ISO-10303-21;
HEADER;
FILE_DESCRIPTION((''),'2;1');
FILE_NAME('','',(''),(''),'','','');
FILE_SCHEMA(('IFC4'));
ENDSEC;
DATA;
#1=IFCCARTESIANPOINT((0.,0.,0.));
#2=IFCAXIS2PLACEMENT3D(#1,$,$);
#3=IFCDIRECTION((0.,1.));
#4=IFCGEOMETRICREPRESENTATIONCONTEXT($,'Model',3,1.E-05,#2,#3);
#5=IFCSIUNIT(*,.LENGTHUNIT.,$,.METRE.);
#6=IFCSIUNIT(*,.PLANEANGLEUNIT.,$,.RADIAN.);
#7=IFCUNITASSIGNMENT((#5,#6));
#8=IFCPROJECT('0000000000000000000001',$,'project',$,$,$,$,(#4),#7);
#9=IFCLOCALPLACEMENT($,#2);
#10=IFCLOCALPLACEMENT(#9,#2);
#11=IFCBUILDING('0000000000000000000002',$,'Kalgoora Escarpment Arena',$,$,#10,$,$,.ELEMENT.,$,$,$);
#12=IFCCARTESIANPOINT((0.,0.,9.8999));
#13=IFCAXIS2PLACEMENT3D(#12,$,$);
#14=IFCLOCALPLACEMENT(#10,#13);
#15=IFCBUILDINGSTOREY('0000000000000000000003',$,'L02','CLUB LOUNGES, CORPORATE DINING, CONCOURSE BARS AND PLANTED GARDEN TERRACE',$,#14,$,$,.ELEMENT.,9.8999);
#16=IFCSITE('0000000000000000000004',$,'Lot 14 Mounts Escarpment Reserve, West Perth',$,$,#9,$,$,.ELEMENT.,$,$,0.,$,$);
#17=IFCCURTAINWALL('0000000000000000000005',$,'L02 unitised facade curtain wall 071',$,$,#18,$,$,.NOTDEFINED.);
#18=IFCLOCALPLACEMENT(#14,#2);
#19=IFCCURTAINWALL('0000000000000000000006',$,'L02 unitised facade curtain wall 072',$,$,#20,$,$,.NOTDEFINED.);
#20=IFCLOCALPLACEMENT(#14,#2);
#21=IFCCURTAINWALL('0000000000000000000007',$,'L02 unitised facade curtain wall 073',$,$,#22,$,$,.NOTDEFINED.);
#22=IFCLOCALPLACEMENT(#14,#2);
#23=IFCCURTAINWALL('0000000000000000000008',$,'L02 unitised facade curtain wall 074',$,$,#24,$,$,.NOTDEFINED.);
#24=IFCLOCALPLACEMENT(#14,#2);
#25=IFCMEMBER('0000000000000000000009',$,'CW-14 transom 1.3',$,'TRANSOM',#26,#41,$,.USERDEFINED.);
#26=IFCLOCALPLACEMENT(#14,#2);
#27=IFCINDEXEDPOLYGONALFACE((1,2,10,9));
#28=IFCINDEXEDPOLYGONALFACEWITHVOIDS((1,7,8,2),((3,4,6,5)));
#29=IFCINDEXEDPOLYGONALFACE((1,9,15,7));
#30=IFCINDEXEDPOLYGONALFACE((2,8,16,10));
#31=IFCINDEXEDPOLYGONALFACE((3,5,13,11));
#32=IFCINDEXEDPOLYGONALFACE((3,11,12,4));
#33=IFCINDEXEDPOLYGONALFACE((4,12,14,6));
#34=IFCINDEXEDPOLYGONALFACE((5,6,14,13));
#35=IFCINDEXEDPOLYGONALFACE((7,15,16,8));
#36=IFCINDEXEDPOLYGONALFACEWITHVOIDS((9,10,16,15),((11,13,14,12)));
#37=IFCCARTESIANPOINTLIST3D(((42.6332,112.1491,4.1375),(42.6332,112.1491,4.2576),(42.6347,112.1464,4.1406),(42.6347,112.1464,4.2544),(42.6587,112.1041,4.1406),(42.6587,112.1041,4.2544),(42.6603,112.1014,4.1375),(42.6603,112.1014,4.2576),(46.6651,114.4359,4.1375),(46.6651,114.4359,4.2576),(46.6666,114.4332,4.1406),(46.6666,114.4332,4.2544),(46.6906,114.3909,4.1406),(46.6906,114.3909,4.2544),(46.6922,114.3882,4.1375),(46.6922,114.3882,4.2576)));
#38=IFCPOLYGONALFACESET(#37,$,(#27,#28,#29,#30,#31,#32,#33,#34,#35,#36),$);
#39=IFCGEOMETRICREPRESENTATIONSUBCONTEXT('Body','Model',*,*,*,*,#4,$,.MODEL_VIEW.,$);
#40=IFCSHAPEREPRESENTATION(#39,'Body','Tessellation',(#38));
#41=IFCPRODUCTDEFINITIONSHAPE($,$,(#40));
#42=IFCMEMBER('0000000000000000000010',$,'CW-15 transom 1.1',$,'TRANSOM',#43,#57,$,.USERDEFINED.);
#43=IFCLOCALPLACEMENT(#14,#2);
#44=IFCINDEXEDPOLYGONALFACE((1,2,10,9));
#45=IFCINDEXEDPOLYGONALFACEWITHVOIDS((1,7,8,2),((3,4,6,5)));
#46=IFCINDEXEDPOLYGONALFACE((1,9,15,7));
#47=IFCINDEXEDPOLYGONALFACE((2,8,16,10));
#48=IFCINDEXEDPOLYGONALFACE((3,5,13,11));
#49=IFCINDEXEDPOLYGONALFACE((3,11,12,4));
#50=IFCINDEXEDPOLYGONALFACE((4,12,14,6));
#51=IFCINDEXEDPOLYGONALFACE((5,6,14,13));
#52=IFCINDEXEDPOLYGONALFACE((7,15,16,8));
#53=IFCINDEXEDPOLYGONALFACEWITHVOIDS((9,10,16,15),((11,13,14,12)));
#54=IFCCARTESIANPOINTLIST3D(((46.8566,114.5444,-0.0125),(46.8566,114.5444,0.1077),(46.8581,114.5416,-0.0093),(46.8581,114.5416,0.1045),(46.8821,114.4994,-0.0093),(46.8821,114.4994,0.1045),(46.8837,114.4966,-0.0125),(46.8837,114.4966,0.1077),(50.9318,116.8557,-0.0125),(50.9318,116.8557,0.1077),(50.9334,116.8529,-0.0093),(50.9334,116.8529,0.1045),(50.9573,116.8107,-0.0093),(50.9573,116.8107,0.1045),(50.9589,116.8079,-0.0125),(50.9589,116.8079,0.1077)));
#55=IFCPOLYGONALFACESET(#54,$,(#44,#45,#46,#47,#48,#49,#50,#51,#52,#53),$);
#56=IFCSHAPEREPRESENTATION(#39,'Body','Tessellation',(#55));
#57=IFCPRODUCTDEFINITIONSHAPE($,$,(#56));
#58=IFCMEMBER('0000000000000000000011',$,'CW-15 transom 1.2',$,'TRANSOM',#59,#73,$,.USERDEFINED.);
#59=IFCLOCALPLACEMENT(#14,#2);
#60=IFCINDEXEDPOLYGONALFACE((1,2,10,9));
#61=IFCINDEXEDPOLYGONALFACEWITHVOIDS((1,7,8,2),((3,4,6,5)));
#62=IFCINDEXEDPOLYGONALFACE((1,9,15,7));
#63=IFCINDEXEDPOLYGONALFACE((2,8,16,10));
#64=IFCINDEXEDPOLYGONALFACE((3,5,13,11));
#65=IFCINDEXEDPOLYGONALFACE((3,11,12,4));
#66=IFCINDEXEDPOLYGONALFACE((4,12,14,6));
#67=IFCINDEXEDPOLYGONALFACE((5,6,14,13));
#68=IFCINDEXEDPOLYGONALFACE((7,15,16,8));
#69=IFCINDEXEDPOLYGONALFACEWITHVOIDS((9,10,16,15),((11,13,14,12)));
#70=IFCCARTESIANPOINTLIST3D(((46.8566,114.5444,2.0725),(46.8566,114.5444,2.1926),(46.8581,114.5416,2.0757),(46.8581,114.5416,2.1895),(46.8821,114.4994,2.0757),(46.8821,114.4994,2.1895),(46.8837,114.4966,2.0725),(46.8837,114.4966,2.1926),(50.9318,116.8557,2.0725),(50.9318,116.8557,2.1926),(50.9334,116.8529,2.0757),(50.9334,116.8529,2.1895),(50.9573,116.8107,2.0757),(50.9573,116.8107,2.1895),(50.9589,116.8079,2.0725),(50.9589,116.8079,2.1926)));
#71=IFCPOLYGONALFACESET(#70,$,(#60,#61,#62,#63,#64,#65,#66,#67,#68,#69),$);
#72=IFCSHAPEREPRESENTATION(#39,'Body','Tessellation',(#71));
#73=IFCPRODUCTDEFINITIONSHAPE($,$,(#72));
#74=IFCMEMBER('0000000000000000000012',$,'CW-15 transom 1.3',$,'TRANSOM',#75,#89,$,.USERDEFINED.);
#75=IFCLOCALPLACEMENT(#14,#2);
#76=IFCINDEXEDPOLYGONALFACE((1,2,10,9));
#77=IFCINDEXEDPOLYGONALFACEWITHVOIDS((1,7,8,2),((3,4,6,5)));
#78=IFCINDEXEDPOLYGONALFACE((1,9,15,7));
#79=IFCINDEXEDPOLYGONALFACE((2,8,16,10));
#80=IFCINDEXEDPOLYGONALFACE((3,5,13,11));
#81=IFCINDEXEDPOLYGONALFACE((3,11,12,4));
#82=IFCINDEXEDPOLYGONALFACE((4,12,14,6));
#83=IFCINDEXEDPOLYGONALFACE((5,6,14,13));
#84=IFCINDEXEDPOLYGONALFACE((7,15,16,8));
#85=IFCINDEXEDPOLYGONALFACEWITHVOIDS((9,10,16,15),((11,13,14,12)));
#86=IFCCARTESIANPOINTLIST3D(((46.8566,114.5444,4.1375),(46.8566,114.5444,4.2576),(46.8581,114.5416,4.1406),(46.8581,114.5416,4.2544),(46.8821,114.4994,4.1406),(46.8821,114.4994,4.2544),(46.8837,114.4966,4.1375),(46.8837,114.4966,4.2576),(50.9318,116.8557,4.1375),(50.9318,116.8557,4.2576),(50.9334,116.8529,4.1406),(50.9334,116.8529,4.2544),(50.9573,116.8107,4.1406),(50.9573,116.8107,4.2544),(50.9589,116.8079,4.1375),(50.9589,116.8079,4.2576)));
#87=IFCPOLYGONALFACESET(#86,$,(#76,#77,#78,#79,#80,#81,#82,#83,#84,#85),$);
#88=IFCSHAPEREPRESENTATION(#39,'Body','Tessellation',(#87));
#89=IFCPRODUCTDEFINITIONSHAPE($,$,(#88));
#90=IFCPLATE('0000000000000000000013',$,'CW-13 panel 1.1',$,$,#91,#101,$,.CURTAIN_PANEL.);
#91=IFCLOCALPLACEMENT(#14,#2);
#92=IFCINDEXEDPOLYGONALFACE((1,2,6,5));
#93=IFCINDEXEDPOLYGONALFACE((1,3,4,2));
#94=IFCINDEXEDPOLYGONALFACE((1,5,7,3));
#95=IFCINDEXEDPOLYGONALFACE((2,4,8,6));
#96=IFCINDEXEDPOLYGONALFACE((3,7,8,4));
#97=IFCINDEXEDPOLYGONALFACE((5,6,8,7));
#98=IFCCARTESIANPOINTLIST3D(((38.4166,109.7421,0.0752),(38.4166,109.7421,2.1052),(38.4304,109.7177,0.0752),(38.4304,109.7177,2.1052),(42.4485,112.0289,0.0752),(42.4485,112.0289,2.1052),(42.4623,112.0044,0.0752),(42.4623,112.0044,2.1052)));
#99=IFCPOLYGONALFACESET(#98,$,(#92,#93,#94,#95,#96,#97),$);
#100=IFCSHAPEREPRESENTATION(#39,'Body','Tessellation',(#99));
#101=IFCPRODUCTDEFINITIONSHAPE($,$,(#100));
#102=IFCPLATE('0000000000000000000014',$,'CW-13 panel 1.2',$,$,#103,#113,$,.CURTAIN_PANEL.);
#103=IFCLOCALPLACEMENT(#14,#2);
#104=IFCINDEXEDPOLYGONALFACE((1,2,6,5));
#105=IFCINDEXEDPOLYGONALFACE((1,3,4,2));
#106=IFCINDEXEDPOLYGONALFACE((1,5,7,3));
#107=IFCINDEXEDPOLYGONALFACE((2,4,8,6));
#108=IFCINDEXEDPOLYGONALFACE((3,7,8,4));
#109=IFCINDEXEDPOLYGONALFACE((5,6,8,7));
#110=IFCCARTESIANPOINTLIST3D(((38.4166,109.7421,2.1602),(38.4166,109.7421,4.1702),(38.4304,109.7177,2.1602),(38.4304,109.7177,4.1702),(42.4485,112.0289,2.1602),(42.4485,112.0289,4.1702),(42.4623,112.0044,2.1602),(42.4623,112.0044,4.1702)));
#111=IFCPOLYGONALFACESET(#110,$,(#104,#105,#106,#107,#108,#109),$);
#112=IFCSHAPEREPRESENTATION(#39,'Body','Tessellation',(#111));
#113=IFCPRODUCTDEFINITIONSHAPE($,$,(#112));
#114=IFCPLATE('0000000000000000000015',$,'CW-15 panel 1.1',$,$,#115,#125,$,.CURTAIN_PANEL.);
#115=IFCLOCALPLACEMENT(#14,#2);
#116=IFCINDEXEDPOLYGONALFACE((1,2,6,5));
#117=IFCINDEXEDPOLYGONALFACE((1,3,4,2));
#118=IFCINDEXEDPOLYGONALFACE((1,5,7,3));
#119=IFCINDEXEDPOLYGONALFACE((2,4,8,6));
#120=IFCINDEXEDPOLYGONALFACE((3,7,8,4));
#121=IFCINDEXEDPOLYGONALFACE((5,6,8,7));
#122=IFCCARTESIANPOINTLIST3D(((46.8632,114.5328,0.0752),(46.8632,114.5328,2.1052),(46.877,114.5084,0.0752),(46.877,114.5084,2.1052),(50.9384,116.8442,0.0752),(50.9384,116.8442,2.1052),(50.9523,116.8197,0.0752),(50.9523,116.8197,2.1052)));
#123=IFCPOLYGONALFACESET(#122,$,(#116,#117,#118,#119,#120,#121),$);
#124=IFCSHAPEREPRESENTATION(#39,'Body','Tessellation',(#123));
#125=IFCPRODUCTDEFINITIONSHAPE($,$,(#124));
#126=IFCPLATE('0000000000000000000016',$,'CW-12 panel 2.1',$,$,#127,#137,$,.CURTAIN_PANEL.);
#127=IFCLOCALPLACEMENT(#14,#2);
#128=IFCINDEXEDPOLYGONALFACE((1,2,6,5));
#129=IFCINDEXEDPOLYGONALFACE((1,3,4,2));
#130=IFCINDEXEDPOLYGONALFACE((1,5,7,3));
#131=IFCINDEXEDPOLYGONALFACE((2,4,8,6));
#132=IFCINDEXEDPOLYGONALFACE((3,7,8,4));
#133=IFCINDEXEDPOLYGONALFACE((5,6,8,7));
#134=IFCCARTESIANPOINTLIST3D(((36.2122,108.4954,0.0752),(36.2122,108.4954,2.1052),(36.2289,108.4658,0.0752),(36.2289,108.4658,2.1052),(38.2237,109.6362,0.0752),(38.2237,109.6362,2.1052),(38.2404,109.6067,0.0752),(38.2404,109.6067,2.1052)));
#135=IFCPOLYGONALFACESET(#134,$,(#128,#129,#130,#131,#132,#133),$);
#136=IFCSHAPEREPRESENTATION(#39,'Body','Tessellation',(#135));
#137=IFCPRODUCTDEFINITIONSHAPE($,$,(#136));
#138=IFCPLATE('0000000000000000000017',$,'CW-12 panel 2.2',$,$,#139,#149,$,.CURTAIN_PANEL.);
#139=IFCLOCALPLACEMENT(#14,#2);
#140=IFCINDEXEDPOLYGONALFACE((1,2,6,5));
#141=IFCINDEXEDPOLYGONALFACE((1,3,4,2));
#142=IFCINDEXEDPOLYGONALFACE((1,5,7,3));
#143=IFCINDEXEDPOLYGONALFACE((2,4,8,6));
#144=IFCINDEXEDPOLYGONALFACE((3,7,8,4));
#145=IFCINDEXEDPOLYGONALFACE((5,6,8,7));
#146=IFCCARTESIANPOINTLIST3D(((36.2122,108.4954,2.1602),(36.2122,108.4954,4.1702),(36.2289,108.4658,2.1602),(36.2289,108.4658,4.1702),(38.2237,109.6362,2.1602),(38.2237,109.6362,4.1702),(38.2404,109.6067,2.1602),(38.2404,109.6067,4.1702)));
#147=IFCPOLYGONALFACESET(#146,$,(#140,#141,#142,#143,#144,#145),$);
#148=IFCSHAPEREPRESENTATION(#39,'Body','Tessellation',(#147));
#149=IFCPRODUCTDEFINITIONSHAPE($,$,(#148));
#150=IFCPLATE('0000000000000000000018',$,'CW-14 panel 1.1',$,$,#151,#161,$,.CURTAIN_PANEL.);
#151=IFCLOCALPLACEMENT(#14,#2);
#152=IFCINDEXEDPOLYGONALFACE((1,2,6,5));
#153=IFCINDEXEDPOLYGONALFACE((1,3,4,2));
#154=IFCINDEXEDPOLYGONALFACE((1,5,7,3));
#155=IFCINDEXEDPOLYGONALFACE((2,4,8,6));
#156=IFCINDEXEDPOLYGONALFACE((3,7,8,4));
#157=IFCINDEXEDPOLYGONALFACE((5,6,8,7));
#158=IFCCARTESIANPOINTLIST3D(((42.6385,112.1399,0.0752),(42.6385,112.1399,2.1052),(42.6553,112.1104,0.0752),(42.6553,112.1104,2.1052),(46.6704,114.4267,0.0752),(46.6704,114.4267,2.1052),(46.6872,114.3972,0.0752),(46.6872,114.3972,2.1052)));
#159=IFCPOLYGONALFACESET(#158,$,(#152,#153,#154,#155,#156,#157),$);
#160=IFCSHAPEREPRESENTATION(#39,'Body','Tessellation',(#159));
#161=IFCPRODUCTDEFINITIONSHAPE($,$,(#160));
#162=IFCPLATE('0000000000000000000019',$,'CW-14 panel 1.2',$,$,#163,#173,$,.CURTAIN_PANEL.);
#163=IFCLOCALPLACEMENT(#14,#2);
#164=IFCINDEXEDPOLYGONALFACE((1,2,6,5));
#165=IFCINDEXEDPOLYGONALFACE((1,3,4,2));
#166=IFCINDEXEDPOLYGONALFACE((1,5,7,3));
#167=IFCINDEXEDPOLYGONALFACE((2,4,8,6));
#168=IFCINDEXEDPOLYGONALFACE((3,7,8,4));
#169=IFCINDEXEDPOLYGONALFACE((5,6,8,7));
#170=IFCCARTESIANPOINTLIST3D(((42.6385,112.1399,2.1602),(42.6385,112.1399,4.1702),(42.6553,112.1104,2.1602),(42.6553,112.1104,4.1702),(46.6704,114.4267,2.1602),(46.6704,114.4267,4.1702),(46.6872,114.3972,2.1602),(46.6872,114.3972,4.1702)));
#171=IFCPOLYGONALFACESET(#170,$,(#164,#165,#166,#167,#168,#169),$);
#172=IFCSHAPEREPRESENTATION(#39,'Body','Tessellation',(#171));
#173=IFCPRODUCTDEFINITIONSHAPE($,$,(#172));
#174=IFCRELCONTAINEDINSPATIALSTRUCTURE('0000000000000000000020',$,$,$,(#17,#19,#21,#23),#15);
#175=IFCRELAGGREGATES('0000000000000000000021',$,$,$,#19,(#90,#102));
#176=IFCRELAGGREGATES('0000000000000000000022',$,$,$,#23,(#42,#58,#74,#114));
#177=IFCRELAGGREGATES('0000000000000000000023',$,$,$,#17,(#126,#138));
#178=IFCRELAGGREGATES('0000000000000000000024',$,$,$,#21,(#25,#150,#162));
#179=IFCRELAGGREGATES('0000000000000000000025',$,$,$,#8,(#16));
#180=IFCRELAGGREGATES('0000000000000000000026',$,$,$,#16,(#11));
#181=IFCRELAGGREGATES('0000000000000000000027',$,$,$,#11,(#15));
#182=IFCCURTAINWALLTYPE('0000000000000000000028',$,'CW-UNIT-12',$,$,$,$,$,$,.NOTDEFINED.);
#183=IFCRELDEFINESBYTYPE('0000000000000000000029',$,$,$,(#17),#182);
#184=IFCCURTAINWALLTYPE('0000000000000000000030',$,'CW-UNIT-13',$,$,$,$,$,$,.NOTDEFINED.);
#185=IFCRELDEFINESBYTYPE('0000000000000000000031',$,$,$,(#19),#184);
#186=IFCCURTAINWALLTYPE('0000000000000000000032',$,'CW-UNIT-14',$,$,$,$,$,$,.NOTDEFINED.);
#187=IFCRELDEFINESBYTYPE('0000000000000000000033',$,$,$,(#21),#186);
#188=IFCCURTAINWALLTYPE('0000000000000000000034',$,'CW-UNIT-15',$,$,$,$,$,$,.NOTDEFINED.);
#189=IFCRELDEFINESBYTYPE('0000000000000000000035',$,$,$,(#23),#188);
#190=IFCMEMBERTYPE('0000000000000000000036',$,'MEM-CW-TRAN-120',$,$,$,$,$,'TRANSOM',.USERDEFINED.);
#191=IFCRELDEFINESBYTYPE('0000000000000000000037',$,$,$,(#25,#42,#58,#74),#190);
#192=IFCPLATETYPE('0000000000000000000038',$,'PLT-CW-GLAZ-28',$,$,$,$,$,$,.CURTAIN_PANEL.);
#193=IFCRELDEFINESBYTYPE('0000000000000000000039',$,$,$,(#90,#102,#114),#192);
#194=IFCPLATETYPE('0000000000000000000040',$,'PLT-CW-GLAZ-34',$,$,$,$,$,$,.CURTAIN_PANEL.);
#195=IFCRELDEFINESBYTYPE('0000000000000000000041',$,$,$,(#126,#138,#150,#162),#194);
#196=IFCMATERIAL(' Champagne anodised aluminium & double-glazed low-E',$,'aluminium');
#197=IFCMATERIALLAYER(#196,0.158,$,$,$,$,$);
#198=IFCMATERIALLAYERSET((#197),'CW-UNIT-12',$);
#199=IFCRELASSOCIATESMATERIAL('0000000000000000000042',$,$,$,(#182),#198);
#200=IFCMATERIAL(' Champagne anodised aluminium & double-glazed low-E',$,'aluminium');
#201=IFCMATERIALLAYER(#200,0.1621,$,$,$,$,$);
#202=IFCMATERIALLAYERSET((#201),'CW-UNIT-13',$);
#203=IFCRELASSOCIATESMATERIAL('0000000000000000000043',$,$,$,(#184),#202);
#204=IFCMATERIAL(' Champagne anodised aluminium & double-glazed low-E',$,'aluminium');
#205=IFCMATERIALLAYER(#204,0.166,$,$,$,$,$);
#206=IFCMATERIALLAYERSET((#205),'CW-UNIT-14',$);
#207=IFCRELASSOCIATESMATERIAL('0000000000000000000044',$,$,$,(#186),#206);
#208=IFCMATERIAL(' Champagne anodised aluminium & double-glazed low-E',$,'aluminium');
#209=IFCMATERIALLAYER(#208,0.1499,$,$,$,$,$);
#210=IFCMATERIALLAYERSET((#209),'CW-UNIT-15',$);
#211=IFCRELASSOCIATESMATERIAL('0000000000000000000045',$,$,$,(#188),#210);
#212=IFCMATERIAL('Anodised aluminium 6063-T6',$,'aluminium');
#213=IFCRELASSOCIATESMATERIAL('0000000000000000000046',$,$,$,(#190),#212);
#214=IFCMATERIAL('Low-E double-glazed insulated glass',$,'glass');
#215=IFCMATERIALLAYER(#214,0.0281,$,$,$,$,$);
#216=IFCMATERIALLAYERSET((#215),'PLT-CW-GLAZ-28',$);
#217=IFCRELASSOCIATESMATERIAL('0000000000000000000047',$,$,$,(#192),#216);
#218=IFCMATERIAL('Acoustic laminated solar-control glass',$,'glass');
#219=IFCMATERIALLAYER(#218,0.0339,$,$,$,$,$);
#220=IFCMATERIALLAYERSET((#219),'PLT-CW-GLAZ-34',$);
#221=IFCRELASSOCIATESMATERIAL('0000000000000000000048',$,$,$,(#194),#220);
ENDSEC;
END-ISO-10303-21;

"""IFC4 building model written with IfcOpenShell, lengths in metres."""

from ifc_helpers import new_model, si_unit, direction, frame, origin, origin_2d, place, context, subcontext, project, spatial, rectangle, hollow_rectangle, extrude, material, layer, layer_set, material_profile, profile_set, type_object, element, aggregate, save


model = new_model("IFC4")

# Units and contexts
model_context = context("Model", 3, precision=1e-05, world=origin(), true_north=direction((0.0, 1.0)))
body_context = subcontext(model_context, "Body", "Model", "MODEL_VIEW")
ifc_project = project(units=[si_unit("LENGTHUNIT", "METRE"), si_unit("PLANEANGLEUNIT", "RADIAN")], contexts=[model_context])

# Site, building, storey
site_placement = place(None, origin())
site = spatial("IfcSite", under=ifc_project, at=site_placement, Name="Lot 14 Mounts Escarpment Reserve, West Perth", CompositionType="ELEMENT", RefElevation=0.0)
building_placement = place(site_placement, origin())
building = spatial("IfcBuilding", under=site, at=building_placement, Name="Kalgoora Escarpment Arena", CompositionType="ELEMENT")
storey_placement = place(building_placement, frame((0.0, 0.0, 9.8999)))
storey = spatial("IfcBuildingStorey", under=building, at=storey_placement, Name="L02", Description="CLUB LOUNGES, CORPORATE DINING, CONCOURSE BARS AND PLANTED GARDEN TERRACE", CompositionType="ELEMENT", Elevation=9.8999)

# Curtain wall
ifc_material_1 = material(Name=" Champagne anodised aluminium & double-glazed low-E", Category="aluminium")
ifc_layer_1 = layer(ifc_material_1, 0.158)
ifc_layer_set_1 = layer_set([ifc_layer_1], Name="CW-UNIT-12")
curtain_wall_type_1 = type_object("IfcCurtainWallType", Name="CW-UNIT-12", PredefinedType="NOTDEFINED", material=ifc_layer_set_1)
curtain_wall_1_placement = place(storey_placement, origin())
curtain_wall_1 = element("IfcCurtainWall", 1, at=curtain_wall_1_placement, inside=storey, type_object=curtain_wall_type_1, Name="L02 unitised facade curtain wall 071", PredefinedType="NOTDEFINED")

# Curtain walls
ifc_material_2 = material(Name=" Champagne anodised aluminium & double-glazed low-E", Category="aluminium")
ifc_layer_2 = layer(ifc_material_2, 0.1621)
ifc_layer_set_2 = layer_set([ifc_layer_2], Name="CW-UNIT-13")
curtain_wall_type_2 = type_object("IfcCurtainWallType", Name="CW-UNIT-13", PredefinedType="NOTDEFINED", material=ifc_layer_set_2)
curtain_wall_2_placement = place(storey_placement, origin())
curtain_wall_2 = element("IfcCurtainWall", 2, at=curtain_wall_2_placement, inside=storey, type_object=curtain_wall_type_2, Name="L02 unitised facade curtain wall 072", PredefinedType="NOTDEFINED")
ifc_material_3 = material(Name=" Champagne anodised aluminium & double-glazed low-E", Category="aluminium")
ifc_layer_3 = layer(ifc_material_3, 0.166)
ifc_layer_set_3 = layer_set([ifc_layer_3], Name="CW-UNIT-14")
curtain_wall_type_3 = type_object("IfcCurtainWallType", Name="CW-UNIT-14", PredefinedType="NOTDEFINED", material=ifc_layer_set_3)
curtain_wall_3_placement = place(storey_placement, origin())
curtain_wall_3 = element("IfcCurtainWall", 3, at=curtain_wall_3_placement, inside=storey, type_object=curtain_wall_type_3, Name="L02 unitised facade curtain wall 073", PredefinedType="NOTDEFINED")

# Curtain wall
ifc_material_4 = material(Name=" Champagne anodised aluminium & double-glazed low-E", Category="aluminium")
ifc_layer_4 = layer(ifc_material_4, 0.1499)
ifc_layer_set_4 = layer_set([ifc_layer_4], Name="CW-UNIT-15")
curtain_wall_type_4 = type_object("IfcCurtainWallType", Name="CW-UNIT-15", PredefinedType="NOTDEFINED", material=ifc_layer_set_4)
curtain_wall_4_placement = place(storey_placement, origin())
curtain_wall_4 = element("IfcCurtainWall", 4, at=curtain_wall_4_placement, inside=storey, type_object=curtain_wall_type_4, Name="L02 unitised facade curtain wall 074", PredefinedType="NOTDEFINED")

# Members
ifc_material_5 = material(Name="Anodised aluminium 6063-T6", Category="aluminium")
ifc_material_profile_1 = material_profile(ifc_material_5, hollow_rectangle(XDim=0.0549, YDim=0.1201, WallThickness=0.0032, at=origin_2d()))
ifc_profile_set_1 = profile_set([ifc_material_profile_1], Name="Anodised aluminium 6063-T6")
member_type_1 = type_object("IfcMemberType", Name="MEM-CW-TRAN-120", ElementType="TRANSOM", PredefinedType="USERDEFINED", material=ifc_profile_set_1)
member_1_placement = place(storey_placement, frame((42.6467, 112.1252, 4.1975), z_axis=(0.86983, 0.493351, 0.0), x_axis=(-0.493351, 0.86983, 0.0)))
member_1 = element("IfcMember", 5, at=member_1_placement, type_object=member_type_1, Name="CW-14 transom 1.3", ObjectType="TRANSOM", PredefinedType="USERDEFINED", context=body_context, shape_type="SweptSolid", body=[
    extrude(hollow_rectangle(XDim=0.0549, YDim=0.1201, WallThickness=0.0032, at=origin_2d()), origin(), (0.0, 0.0, 1.0), 4.6353),
])
member_2_placement = place(storey_placement, frame((46.8701, 114.5205, 0.0476), z_axis=(0.869839, 0.493336, 0.0), x_axis=(-0.493336, 0.869839, 0.0)))
member_2 = element("IfcMember", 6, at=member_2_placement, type_object=member_type_1, Name="CW-15 transom 1.1", ObjectType="TRANSOM", PredefinedType="USERDEFINED", context=body_context, shape_type="SweptSolid", body=[
    extrude(hollow_rectangle(XDim=0.0549, YDim=0.1201, WallThickness=0.0032, at=origin_2d()), origin(), (0.0, 0.0, 1.0), 4.6851),
])
member_3_placement = place(storey_placement, frame((46.8701, 114.5205, 2.1326), z_axis=(0.869839, 0.493336, 0.0), x_axis=(-0.493336, 0.869839, 0.0)))
member_3 = element("IfcMember", 7, at=member_3_placement, type_object=member_type_1, Name="CW-15 transom 1.2", ObjectType="TRANSOM", PredefinedType="USERDEFINED", context=body_context, shape_type="SweptSolid", body=[
    extrude(hollow_rectangle(XDim=0.0549, YDim=0.1201, WallThickness=0.0032, at=origin_2d()), origin(), (0.0, 0.0, 1.0), 4.6851),
])
member_4_placement = place(storey_placement, frame((46.8701, 114.5205, 4.1975), z_axis=(0.869839, 0.493336, 0.0), x_axis=(-0.493336, 0.869839, 0.0)))
member_4 = element("IfcMember", 8, at=member_4_placement, type_object=member_type_1, Name="CW-15 transom 1.3", ObjectType="TRANSOM", PredefinedType="USERDEFINED", context=body_context, shape_type="SweptSolid", body=[
    extrude(hollow_rectangle(XDim=0.0549, YDim=0.1201, WallThickness=0.0032, at=origin_2d()), origin(), (0.0, 0.0, 1.0), 4.6851),
])

# Plates
ifc_material_6 = material(Name="Low-E double-glazed insulated glass", Category="glass")
ifc_layer_5 = layer(ifc_material_6, 0.0281)
ifc_layer_set_5 = layer_set([ifc_layer_5], Name="PLT-CW-GLAZ-28")
plate_type_1 = type_object("IfcPlateType", Name="PLT-CW-GLAZ-28", PredefinedType="CURTAIN_PANEL", material=ifc_layer_set_5)
plate_1_placement = place(storey_placement, frame((40.4395, 110.8733, 0.0752), z_axis=(0.0, 0.0, 1.0), x_axis=(0.869842, 0.49333, 0.0)))
plate_1 = element("IfcPlate", 9, at=plate_1_placement, type_object=plate_type_1, Name="CW-13 panel 1.1", PredefinedType="CURTAIN_PANEL", context=body_context, shape_type="SweptSolid", body=[
    extrude(rectangle(XDim=4.6353, YDim=0.0281, at=origin_2d()), origin(), (0.0, 0.0, 1.0), 2.03),
])
plate_2_placement = place(storey_placement, frame((40.4395, 110.8733, 2.1602), z_axis=(0.0, 0.0, 1.0), x_axis=(0.869842, 0.49333, 0.0)))
plate_2 = element("IfcPlate", 10, at=plate_2_placement, type_object=plate_type_1, Name="CW-13 panel 1.2", PredefinedType="CURTAIN_PANEL", context=body_context, shape_type="SweptSolid", body=[
    extrude(rectangle(XDim=4.6353, YDim=0.0281, at=origin_2d()), origin(), (0.0, 0.0, 1.0), 2.01),
])
aggregate(curtain_wall_2, [plate_1, plate_2])
plate_3_placement = place(storey_placement, frame((48.9077, 115.6763, 0.0752), z_axis=(0.0, 0.0, 1.0), x_axis=(0.869834, 0.493344, 0.0)))
plate_3 = element("IfcPlate", 11, at=plate_3_placement, type_object=plate_type_1, Name="CW-15 panel 1.1", PredefinedType="CURTAIN_PANEL", context=body_context, shape_type="SweptSolid", body=[
    extrude(rectangle(XDim=4.6851, YDim=0.0281, at=origin_2d()), origin(), (0.0, 0.0, 1.0), 2.03),
])
aggregate(curtain_wall_4, [member_2, member_3, member_4, plate_3])
ifc_material_7 = material(Name="Acoustic laminated solar-control glass", Category="glass")
ifc_layer_6 = layer(ifc_material_7, 0.0339)
ifc_layer_set_6 = layer_set([ifc_layer_6], Name="PLT-CW-GLAZ-34")
plate_type_2 = type_object("IfcPlateType", Name="PLT-CW-GLAZ-34", PredefinedType="CURTAIN_PANEL", material=ifc_layer_set_6)
plate_4_placement = place(storey_placement, frame((37.2263, 109.051, 0.0752), z_axis=(0.0, 0.0, 1.0), x_axis=(0.869834, 0.493344, 0.0)))
plate_4 = element("IfcPlate", 12, at=plate_4_placement, type_object=plate_type_2, Name="CW-12 panel 2.1", PredefinedType="CURTAIN_PANEL", context=body_context, shape_type="SweptSolid", body=[
    extrude(rectangle(XDim=2.3125, YDim=0.0339, at=origin_2d()), origin(), (0.0, 0.0, 1.0), 2.03),
])
plate_5_placement = place(storey_placement, frame((37.2263, 109.051, 2.1602), z_axis=(0.0, 0.0, 1.0), x_axis=(0.869834, 0.493344, 0.0)))
plate_5 = element("IfcPlate", 13, at=plate_5_placement, type_object=plate_type_2, Name="CW-12 panel 2.2", PredefinedType="CURTAIN_PANEL", context=body_context, shape_type="SweptSolid", body=[
    extrude(rectangle(XDim=2.3125, YDim=0.0339, at=origin_2d()), origin(), (0.0, 0.0, 1.0), 2.01),
])
aggregate(curtain_wall_1, [plate_4, plate_5])
plate_6_placement = place(storey_placement, frame((44.6628, 113.2686, 0.0752), z_axis=(0.0, 0.0, 1.0), x_axis=(0.869833, 0.493346, 0.0)))
plate_6 = element("IfcPlate", 14, at=plate_6_placement, type_object=plate_type_2, Name="CW-14 panel 1.1", PredefinedType="CURTAIN_PANEL", context=body_context, shape_type="SweptSolid", body=[
    extrude(rectangle(XDim=4.6353, YDim=0.0339, at=origin_2d()), origin(), (0.0, 0.0, 1.0), 2.03),
])
plate_7_placement = place(storey_placement, frame((44.6628, 113.2686, 2.1602), z_axis=(0.0, 0.0, 1.0), x_axis=(0.869833, 0.493346, 0.0)))
plate_7 = element("IfcPlate", 15, at=plate_7_placement, type_object=plate_type_2, Name="CW-14 panel 1.2", PredefinedType="CURTAIN_PANEL", context=body_context, shape_type="SweptSolid", body=[
    extrude(rectangle(XDim=4.6353, YDim=0.0339, at=origin_2d()), origin(), (0.0, 0.0, 1.0), 2.01),
])
aggregate(curtain_wall_3, [member_1, plate_6, plate_7])

save(model, "model.ifc")
